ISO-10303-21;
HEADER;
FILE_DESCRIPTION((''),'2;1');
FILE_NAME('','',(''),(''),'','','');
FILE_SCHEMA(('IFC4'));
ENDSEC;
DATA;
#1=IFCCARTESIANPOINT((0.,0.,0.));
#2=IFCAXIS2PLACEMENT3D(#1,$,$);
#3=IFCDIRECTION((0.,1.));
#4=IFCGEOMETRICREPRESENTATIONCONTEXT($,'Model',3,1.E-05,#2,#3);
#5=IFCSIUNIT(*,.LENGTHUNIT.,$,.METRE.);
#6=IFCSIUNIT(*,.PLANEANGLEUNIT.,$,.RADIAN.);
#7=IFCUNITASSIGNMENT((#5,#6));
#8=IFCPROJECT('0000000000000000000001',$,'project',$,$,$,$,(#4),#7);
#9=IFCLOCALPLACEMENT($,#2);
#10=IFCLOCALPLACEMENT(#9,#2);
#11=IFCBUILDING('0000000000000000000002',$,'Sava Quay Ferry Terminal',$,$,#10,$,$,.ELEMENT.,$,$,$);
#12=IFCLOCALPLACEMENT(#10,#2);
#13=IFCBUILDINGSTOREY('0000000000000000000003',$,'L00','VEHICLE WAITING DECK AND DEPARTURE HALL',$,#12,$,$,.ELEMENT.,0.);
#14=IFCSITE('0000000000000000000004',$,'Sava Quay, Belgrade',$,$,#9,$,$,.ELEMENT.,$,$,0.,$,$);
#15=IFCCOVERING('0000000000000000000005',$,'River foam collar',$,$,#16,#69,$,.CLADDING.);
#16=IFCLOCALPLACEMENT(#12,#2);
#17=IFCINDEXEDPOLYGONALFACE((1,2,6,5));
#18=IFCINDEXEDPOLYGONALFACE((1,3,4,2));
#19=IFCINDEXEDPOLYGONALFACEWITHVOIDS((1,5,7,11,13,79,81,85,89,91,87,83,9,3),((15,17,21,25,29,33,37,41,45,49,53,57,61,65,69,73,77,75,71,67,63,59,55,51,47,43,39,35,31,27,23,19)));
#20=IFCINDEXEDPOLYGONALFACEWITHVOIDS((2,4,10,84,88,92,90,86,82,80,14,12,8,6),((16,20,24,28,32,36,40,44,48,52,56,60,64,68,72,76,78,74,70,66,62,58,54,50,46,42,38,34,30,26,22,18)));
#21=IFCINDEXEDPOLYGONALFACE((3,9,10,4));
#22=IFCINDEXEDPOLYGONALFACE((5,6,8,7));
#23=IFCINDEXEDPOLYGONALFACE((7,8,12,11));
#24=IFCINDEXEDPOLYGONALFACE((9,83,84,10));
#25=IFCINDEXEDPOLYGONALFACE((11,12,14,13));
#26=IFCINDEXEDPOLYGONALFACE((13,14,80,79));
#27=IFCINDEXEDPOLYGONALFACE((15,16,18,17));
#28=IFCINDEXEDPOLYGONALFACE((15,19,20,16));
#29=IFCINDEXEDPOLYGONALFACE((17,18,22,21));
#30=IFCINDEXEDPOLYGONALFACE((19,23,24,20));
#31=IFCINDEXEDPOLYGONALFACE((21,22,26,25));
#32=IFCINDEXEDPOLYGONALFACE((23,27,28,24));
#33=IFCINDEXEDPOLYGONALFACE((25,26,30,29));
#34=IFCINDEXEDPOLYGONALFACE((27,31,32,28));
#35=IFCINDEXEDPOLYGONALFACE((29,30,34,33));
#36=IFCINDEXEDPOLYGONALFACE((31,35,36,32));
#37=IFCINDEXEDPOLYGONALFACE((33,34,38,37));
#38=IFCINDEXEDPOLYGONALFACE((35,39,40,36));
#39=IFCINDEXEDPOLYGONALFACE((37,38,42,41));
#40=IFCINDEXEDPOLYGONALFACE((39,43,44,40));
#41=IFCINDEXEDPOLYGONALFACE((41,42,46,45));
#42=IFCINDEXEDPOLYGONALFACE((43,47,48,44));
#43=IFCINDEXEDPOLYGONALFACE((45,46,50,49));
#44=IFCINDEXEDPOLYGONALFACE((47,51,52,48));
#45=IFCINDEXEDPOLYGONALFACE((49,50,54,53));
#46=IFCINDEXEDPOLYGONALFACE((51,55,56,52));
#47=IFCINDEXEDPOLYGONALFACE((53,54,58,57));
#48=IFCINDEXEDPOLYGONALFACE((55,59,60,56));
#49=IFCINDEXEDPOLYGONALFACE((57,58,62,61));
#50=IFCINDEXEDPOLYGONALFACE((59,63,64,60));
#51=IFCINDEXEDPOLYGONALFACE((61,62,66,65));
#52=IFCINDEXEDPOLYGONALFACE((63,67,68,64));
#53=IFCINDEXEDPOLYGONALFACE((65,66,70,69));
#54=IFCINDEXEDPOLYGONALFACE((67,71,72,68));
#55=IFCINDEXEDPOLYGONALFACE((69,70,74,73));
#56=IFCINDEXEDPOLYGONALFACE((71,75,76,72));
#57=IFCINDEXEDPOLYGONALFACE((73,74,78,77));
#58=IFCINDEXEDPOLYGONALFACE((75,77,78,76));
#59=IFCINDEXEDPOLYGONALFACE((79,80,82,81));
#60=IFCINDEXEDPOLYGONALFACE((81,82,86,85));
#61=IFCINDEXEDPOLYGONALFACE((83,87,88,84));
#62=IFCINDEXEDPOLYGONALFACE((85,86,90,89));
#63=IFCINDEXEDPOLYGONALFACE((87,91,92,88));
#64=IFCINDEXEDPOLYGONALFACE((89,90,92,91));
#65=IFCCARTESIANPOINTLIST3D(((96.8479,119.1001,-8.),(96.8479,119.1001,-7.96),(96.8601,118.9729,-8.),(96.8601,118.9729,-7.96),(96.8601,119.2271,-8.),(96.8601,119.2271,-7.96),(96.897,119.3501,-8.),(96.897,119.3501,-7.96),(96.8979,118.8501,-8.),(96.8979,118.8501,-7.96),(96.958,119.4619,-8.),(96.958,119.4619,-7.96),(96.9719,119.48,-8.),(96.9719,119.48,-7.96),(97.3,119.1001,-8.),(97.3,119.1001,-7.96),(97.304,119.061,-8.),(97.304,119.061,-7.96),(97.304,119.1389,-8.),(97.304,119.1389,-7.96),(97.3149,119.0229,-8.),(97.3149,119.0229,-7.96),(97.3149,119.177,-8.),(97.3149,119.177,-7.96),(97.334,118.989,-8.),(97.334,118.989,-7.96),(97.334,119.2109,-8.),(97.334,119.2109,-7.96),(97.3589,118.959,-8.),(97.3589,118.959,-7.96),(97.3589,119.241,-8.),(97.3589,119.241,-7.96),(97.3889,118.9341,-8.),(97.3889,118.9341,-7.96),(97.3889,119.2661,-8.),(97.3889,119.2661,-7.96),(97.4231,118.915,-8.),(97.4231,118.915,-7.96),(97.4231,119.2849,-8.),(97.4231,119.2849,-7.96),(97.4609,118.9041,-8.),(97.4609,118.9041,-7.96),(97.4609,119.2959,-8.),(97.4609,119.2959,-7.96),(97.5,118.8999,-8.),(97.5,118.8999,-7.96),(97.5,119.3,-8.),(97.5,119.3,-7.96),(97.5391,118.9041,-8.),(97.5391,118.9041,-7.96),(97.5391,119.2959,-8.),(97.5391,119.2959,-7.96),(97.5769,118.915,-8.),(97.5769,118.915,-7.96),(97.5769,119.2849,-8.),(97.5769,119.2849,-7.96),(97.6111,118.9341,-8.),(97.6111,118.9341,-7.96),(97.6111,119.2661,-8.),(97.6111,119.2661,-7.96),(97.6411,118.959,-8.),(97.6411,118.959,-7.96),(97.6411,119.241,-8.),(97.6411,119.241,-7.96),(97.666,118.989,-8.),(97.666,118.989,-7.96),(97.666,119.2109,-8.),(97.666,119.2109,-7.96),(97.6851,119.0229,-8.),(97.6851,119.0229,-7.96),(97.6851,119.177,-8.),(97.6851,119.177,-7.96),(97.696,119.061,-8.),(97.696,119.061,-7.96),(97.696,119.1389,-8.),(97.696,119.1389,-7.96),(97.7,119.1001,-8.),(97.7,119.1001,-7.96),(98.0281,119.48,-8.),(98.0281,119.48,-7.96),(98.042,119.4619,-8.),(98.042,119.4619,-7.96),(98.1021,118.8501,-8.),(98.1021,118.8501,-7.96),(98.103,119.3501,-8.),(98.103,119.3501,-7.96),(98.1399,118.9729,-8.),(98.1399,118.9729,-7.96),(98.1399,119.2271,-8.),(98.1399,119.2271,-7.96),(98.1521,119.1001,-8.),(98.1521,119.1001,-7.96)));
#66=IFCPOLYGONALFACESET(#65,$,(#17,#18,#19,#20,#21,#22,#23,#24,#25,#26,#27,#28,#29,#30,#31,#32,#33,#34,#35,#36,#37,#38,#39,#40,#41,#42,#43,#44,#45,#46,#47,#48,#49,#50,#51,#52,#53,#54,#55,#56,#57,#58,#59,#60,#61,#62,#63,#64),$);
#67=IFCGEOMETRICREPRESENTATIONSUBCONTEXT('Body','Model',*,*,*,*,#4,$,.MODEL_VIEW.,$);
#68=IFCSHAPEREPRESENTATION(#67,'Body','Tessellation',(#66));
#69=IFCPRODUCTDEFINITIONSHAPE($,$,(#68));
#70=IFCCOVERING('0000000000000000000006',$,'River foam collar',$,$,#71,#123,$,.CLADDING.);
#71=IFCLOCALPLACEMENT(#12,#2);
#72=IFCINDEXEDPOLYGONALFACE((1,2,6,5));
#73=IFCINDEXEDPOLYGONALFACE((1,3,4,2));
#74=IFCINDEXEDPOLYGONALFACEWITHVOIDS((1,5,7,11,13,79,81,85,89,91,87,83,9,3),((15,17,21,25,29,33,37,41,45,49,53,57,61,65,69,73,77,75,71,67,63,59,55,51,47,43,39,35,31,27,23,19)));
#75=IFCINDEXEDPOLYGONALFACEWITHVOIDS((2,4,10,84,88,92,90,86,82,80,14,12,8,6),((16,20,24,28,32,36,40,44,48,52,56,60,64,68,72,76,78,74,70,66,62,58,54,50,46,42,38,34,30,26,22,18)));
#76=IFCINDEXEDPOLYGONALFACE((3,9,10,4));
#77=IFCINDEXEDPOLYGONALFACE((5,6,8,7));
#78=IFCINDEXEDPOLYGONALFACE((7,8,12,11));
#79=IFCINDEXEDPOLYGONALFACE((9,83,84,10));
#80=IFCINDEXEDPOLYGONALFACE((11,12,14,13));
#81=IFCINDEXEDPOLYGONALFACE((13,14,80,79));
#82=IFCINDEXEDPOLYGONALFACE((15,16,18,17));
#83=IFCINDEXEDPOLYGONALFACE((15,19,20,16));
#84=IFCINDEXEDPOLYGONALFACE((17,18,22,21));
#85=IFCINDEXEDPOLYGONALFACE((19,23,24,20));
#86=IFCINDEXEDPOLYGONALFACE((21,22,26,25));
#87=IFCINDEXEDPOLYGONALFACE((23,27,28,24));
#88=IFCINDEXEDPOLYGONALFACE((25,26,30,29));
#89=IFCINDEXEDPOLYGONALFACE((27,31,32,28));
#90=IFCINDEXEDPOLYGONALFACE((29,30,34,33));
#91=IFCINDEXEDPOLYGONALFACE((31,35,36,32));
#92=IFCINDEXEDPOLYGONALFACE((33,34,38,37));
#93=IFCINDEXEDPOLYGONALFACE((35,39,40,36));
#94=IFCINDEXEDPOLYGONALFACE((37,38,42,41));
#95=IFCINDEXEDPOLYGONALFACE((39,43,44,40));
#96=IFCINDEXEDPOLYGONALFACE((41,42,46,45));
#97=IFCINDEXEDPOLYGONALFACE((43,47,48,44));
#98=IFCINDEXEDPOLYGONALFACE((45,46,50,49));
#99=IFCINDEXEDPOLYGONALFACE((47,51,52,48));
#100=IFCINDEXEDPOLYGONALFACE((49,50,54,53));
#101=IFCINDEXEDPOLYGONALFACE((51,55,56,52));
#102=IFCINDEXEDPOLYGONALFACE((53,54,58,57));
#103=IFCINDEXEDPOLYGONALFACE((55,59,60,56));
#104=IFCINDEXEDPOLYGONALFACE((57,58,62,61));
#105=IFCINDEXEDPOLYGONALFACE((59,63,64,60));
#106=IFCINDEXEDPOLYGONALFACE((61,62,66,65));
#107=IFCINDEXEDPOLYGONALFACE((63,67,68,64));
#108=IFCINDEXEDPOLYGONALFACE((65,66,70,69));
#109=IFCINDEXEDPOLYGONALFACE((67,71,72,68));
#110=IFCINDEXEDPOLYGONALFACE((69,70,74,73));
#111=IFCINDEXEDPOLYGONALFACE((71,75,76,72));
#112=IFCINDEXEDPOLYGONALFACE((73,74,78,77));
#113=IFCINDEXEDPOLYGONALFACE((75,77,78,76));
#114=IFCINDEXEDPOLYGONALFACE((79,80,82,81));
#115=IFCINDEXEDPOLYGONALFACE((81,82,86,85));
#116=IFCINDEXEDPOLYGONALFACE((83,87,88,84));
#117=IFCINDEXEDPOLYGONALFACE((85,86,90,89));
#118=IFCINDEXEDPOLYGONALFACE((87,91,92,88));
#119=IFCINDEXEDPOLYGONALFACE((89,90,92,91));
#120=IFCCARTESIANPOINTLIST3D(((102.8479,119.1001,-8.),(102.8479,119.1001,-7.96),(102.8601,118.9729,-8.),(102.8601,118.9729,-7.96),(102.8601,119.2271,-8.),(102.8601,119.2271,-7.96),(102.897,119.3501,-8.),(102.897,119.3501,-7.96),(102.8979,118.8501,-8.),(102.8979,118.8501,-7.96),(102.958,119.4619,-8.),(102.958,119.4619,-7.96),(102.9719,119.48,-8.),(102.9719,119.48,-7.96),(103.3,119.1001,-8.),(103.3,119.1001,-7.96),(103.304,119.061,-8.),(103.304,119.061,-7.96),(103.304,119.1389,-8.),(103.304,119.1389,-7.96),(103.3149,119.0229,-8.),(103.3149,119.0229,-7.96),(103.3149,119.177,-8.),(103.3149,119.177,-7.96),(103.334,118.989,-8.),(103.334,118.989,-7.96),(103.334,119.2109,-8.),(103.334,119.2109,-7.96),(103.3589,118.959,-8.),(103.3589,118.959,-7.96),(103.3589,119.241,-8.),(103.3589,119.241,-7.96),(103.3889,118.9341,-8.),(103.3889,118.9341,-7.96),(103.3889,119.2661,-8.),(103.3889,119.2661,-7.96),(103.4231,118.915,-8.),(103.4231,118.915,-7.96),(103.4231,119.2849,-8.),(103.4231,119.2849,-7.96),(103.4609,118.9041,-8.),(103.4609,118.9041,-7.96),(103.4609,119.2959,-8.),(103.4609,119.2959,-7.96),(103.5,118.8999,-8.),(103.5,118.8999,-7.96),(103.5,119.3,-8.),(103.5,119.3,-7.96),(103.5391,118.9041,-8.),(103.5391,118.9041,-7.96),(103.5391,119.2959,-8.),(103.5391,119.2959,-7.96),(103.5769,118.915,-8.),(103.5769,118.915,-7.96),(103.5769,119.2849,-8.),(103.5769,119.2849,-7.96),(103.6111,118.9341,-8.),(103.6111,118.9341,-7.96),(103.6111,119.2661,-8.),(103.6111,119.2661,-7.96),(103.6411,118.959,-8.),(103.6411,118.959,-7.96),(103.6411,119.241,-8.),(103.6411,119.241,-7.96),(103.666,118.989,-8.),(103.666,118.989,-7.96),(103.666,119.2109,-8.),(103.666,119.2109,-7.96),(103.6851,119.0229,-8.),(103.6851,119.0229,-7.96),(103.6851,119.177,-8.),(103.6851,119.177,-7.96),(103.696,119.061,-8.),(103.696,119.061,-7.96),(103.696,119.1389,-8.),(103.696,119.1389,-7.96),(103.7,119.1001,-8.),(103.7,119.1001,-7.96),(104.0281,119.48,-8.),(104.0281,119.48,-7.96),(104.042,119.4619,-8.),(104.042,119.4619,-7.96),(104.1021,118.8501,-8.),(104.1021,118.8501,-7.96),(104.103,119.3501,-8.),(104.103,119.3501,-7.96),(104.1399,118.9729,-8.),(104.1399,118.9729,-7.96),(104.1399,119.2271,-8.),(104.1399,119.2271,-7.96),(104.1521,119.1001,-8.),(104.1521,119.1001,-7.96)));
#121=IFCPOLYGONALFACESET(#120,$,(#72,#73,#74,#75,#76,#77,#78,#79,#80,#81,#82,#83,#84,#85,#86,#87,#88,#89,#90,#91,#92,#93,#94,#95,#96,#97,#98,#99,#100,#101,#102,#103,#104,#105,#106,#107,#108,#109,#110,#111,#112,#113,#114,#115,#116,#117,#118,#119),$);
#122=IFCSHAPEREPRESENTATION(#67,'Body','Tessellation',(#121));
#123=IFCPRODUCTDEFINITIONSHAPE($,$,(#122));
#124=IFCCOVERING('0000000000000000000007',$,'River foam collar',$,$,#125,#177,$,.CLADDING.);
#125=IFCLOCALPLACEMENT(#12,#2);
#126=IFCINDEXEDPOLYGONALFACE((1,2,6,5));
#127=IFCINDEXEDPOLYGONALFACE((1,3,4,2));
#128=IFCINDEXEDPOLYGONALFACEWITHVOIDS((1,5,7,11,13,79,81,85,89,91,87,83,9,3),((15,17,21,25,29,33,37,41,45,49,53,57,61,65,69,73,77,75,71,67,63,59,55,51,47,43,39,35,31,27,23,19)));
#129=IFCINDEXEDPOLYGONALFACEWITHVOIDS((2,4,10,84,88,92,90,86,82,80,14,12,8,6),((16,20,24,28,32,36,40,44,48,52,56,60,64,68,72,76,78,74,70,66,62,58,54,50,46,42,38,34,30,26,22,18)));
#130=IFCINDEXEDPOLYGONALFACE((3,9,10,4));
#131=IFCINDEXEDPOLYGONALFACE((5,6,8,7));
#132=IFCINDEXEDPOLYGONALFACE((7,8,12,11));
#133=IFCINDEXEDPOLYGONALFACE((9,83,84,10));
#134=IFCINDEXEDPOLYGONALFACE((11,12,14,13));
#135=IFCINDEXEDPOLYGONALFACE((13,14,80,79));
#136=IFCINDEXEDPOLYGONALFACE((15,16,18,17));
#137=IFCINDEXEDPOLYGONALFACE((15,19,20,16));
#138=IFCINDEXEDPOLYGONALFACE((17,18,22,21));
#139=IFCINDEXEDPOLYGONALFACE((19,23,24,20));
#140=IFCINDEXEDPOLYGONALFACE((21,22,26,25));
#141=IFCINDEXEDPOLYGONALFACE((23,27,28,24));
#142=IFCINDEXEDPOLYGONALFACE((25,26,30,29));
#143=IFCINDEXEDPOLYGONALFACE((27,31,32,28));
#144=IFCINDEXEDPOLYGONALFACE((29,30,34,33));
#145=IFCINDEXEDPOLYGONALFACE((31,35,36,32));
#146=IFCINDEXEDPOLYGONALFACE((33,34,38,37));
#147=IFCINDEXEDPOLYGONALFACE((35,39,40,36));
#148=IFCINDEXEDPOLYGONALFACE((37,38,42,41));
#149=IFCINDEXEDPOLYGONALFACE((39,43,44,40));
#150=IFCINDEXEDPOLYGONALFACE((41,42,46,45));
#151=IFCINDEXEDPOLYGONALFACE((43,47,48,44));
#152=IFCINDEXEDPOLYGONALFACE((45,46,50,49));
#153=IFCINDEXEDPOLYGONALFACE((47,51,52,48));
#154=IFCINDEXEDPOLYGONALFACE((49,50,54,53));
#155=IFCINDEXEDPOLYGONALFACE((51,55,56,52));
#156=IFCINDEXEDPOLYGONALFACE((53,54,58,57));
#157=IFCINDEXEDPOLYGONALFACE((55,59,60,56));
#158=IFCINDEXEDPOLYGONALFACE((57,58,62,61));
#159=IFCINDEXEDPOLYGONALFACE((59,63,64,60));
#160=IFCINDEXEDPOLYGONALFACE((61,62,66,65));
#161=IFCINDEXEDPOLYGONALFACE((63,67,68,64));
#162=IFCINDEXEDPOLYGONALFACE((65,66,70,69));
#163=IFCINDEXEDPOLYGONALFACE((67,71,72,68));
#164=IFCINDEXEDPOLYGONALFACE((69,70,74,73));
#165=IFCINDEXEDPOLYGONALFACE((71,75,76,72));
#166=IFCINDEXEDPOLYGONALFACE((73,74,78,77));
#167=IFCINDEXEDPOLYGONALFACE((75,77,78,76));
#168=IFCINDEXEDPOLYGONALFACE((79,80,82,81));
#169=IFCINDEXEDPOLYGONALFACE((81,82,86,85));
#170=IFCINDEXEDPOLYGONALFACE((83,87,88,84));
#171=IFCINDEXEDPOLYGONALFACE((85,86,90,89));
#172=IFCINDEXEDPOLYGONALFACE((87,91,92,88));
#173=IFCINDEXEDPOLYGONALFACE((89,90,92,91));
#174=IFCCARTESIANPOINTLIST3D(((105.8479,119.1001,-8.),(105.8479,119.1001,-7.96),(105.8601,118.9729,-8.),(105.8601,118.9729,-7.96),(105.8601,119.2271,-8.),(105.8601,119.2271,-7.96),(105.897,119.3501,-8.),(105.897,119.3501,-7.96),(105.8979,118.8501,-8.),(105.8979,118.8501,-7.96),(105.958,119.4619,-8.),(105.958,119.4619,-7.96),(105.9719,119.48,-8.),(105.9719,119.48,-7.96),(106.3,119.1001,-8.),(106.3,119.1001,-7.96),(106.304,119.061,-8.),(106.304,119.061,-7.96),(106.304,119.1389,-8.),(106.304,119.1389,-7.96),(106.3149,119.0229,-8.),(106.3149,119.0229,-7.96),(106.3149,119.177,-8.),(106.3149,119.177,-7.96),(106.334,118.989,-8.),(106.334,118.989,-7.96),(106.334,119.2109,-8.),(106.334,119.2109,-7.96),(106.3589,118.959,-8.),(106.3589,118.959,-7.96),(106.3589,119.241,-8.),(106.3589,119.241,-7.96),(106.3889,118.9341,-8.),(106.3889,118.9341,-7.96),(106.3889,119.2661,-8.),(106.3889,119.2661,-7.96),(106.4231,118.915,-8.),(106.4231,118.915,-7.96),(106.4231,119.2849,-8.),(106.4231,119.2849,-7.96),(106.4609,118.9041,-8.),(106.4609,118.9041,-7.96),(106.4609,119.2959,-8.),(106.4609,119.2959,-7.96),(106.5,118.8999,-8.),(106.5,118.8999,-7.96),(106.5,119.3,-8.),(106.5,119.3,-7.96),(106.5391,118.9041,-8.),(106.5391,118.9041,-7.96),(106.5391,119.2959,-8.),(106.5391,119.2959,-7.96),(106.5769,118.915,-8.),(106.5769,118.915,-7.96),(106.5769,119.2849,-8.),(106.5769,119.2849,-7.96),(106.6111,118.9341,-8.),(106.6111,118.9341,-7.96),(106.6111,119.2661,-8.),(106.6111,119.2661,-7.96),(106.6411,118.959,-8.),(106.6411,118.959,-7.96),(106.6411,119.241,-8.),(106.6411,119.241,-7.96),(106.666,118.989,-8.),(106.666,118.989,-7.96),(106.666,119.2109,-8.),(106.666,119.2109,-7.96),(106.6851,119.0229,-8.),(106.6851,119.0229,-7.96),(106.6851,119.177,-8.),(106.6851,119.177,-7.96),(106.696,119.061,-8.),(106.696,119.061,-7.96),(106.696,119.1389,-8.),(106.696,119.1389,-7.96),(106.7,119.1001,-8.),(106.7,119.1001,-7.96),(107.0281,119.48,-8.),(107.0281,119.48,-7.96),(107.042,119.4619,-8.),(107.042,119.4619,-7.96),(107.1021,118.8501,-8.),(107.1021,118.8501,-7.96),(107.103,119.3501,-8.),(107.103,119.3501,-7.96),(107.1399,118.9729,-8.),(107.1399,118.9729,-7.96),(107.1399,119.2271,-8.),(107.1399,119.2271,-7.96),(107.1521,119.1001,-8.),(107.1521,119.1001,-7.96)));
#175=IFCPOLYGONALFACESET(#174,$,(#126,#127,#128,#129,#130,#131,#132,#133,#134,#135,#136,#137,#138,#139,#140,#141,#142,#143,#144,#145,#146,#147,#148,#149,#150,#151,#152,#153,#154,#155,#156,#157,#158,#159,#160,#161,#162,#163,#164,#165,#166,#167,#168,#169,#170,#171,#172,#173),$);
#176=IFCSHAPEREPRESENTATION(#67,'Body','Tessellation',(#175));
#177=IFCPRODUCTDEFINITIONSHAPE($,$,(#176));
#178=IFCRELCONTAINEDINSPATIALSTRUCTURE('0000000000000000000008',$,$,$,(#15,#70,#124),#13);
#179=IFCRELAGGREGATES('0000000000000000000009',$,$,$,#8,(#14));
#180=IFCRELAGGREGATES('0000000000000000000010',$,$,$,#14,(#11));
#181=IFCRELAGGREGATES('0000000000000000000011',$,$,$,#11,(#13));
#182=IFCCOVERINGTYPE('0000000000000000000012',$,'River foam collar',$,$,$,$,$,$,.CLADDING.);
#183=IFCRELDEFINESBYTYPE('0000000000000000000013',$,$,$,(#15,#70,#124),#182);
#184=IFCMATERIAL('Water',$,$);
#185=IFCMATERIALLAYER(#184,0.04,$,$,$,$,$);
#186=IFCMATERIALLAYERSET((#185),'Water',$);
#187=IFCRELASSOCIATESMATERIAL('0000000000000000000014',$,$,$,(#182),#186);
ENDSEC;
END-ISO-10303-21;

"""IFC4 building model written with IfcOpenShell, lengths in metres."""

from ifc_helpers import new_model, si_unit, direction, frame, origin, place, context, subcontext, project, spatial, polyline, outline, extrude, material, layer, layer_set, type_object, element, save


model = new_model("IFC4")

# Units and contexts
model_context = context("Model", 3, precision=1e-05, world=origin(), true_north=direction((0.0, 1.0)))
body_context = subcontext(model_context, "Body", "Model", "MODEL_VIEW")
ifc_project = project(units=[si_unit("LENGTHUNIT", "METRE"), si_unit("PLANEANGLEUNIT", "RADIAN")], contexts=[model_context])

# Site, building, storey
site_placement = place(None, origin())
site = spatial("IfcSite", under=ifc_project, at=site_placement, Name="Sava Quay, Belgrade", CompositionType="ELEMENT", RefElevation=0.0)
building_placement = place(site_placement, origin())
building = spatial("IfcBuilding", under=site, at=building_placement, Name="Sava Quay Ferry Terminal", CompositionType="ELEMENT")
storey_placement = place(building_placement, origin())
storey = spatial("IfcBuildingStorey", under=building, at=storey_placement, Name="L00", Description="VEHICLE WAITING DECK AND DEPARTURE HALL", CompositionType="ELEMENT", Elevation=0.0)

# Coverings
ifc_material = material(Name="Water")
ifc_layer = layer(ifc_material, 0.04)
ifc_layer_set = layer_set([ifc_layer], Name="Water")
covering_type = type_object("IfcCoveringType", Name="River foam collar", PredefinedType="CLADDING", material=ifc_layer_set)
covering_1_placement = place(storey_placement, frame((0.0, 0.0, -8.0)))
element("IfcCovering", 1, at=covering_1_placement, inside=storey, type_object=covering_type, Name="River foam collar", PredefinedType="CLADDING", context=body_context, shape_type="SweptSolid", body=[
    extrude(outline(polyline([(96.9719, 119.48), (96.958, 119.4619), (96.897, 119.3501), (96.8601, 119.2271), (96.8479, 119.1001), (96.8601, 118.9729), (96.8979, 118.8501), (98.1021, 118.8501), (98.1399, 118.9729), (98.1521, 119.1001), (98.1399, 119.2271), (98.103, 119.3501), (98.042, 119.4619), (98.0281, 119.48), (96.9719, 119.48)]), holes=[polyline([(97.6111, 118.9341), (97.5769, 118.915), (97.5391, 118.9041), (97.5, 118.8999), (97.4609, 118.9041), (97.4231, 118.915), (97.3889, 118.9341), (97.3589, 118.959), (97.334, 118.989), (97.3149, 119.0229), (97.304, 119.061), (97.3, 119.1001), (97.304, 119.1389), (97.3149, 119.177), (97.334, 119.2109), (97.3589, 119.241), (97.3889, 119.2661), (97.4231, 119.2849), (97.4609, 119.2959), (97.5, 119.3), (97.5391, 119.2959), (97.5769, 119.2849), (97.6111, 119.2661), (97.6411, 119.241), (97.666, 119.2109), (97.6851, 119.177), (97.696, 119.1389), (97.7, 119.1001), (97.696, 119.061), (97.6851, 119.0229), (97.666, 118.989), (97.6411, 118.959), (97.6111, 118.9341)])]), origin(), (0.0, 0.0, 1.0), 0.04),
])
covering_2_placement = place(storey_placement, frame((0.0, 0.0, -8.0)))
element("IfcCovering", 2, at=covering_2_placement, inside=storey, type_object=covering_type, Name="River foam collar", PredefinedType="CLADDING", context=body_context, shape_type="SweptSolid", body=[
    extrude(outline(polyline([(104.0281, 119.48), (102.9719, 119.48), (102.958, 119.4619), (102.897, 119.3501), (102.8601, 119.2271), (102.8479, 119.1001), (102.8601, 118.9729), (102.8979, 118.8501), (104.1021, 118.8501), (104.1399, 118.9729), (104.1521, 119.1001), (104.1399, 119.2271), (104.103, 119.3501), (104.042, 119.4619), (104.0281, 119.48)]), holes=[polyline([(103.6411, 118.959), (103.6111, 118.9341), (103.5769, 118.915), (103.5391, 118.9041), (103.5, 118.8999), (103.4609, 118.9041), (103.4231, 118.915), (103.3889, 118.9341), (103.3589, 118.959), (103.334, 118.989), (103.3149, 119.0229), (103.304, 119.061), (103.3, 119.1001), (103.304, 119.1389), (103.3149, 119.177), (103.334, 119.2109), (103.3589, 119.241), (103.3889, 119.2661), (103.4231, 119.2849), (103.4609, 119.2959), (103.5, 119.3), (103.5391, 119.2959), (103.5769, 119.2849), (103.6111, 119.2661), (103.6411, 119.241), (103.666, 119.2109), (103.6851, 119.177), (103.696, 119.1389), (103.7, 119.1001), (103.696, 119.061), (103.6851, 119.0229), (103.666, 118.989), (103.6411, 118.959)])]), origin(), (0.0, 0.0, 1.0), 0.04),
])
covering_3_placement = place(storey_placement, frame((0.0, 0.0, -8.0)))
element("IfcCovering", 3, at=covering_3_placement, inside=storey, type_object=covering_type, Name="River foam collar", PredefinedType="CLADDING", context=body_context, shape_type="SweptSolid", body=[
    extrude(outline(polyline([(107.042, 119.4619), (107.0281, 119.48), (105.9719, 119.48), (105.958, 119.4619), (105.897, 119.3501), (105.8601, 119.2271), (105.8479, 119.1001), (105.8601, 118.9729), (105.8979, 118.8501), (107.1021, 118.8501), (107.1399, 118.9729), (107.1521, 119.1001), (107.1399, 119.2271), (107.103, 119.3501), (107.042, 119.4619)]), holes=[polyline([(106.666, 118.989), (106.6411, 118.959), (106.6111, 118.9341), (106.5769, 118.915), (106.5391, 118.9041), (106.5, 118.8999), (106.4609, 118.9041), (106.4231, 118.915), (106.3889, 118.9341), (106.3589, 118.959), (106.334, 118.989), (106.3149, 119.0229), (106.304, 119.061), (106.3, 119.1001), (106.304, 119.1389), (106.3149, 119.177), (106.334, 119.2109), (106.3589, 119.241), (106.3889, 119.2661), (106.4231, 119.2849), (106.4609, 119.2959), (106.5, 119.3), (106.5391, 119.2959), (106.5769, 119.2849), (106.6111, 119.2661), (106.6411, 119.241), (106.666, 119.2109), (106.6851, 119.177), (106.696, 119.1389), (106.7, 119.1001), (106.696, 119.061), (106.6851, 119.0229), (106.666, 118.989)])]), origin(), (0.0, 0.0, 1.0), 0.04),
])

save(model, "model.ifc")
